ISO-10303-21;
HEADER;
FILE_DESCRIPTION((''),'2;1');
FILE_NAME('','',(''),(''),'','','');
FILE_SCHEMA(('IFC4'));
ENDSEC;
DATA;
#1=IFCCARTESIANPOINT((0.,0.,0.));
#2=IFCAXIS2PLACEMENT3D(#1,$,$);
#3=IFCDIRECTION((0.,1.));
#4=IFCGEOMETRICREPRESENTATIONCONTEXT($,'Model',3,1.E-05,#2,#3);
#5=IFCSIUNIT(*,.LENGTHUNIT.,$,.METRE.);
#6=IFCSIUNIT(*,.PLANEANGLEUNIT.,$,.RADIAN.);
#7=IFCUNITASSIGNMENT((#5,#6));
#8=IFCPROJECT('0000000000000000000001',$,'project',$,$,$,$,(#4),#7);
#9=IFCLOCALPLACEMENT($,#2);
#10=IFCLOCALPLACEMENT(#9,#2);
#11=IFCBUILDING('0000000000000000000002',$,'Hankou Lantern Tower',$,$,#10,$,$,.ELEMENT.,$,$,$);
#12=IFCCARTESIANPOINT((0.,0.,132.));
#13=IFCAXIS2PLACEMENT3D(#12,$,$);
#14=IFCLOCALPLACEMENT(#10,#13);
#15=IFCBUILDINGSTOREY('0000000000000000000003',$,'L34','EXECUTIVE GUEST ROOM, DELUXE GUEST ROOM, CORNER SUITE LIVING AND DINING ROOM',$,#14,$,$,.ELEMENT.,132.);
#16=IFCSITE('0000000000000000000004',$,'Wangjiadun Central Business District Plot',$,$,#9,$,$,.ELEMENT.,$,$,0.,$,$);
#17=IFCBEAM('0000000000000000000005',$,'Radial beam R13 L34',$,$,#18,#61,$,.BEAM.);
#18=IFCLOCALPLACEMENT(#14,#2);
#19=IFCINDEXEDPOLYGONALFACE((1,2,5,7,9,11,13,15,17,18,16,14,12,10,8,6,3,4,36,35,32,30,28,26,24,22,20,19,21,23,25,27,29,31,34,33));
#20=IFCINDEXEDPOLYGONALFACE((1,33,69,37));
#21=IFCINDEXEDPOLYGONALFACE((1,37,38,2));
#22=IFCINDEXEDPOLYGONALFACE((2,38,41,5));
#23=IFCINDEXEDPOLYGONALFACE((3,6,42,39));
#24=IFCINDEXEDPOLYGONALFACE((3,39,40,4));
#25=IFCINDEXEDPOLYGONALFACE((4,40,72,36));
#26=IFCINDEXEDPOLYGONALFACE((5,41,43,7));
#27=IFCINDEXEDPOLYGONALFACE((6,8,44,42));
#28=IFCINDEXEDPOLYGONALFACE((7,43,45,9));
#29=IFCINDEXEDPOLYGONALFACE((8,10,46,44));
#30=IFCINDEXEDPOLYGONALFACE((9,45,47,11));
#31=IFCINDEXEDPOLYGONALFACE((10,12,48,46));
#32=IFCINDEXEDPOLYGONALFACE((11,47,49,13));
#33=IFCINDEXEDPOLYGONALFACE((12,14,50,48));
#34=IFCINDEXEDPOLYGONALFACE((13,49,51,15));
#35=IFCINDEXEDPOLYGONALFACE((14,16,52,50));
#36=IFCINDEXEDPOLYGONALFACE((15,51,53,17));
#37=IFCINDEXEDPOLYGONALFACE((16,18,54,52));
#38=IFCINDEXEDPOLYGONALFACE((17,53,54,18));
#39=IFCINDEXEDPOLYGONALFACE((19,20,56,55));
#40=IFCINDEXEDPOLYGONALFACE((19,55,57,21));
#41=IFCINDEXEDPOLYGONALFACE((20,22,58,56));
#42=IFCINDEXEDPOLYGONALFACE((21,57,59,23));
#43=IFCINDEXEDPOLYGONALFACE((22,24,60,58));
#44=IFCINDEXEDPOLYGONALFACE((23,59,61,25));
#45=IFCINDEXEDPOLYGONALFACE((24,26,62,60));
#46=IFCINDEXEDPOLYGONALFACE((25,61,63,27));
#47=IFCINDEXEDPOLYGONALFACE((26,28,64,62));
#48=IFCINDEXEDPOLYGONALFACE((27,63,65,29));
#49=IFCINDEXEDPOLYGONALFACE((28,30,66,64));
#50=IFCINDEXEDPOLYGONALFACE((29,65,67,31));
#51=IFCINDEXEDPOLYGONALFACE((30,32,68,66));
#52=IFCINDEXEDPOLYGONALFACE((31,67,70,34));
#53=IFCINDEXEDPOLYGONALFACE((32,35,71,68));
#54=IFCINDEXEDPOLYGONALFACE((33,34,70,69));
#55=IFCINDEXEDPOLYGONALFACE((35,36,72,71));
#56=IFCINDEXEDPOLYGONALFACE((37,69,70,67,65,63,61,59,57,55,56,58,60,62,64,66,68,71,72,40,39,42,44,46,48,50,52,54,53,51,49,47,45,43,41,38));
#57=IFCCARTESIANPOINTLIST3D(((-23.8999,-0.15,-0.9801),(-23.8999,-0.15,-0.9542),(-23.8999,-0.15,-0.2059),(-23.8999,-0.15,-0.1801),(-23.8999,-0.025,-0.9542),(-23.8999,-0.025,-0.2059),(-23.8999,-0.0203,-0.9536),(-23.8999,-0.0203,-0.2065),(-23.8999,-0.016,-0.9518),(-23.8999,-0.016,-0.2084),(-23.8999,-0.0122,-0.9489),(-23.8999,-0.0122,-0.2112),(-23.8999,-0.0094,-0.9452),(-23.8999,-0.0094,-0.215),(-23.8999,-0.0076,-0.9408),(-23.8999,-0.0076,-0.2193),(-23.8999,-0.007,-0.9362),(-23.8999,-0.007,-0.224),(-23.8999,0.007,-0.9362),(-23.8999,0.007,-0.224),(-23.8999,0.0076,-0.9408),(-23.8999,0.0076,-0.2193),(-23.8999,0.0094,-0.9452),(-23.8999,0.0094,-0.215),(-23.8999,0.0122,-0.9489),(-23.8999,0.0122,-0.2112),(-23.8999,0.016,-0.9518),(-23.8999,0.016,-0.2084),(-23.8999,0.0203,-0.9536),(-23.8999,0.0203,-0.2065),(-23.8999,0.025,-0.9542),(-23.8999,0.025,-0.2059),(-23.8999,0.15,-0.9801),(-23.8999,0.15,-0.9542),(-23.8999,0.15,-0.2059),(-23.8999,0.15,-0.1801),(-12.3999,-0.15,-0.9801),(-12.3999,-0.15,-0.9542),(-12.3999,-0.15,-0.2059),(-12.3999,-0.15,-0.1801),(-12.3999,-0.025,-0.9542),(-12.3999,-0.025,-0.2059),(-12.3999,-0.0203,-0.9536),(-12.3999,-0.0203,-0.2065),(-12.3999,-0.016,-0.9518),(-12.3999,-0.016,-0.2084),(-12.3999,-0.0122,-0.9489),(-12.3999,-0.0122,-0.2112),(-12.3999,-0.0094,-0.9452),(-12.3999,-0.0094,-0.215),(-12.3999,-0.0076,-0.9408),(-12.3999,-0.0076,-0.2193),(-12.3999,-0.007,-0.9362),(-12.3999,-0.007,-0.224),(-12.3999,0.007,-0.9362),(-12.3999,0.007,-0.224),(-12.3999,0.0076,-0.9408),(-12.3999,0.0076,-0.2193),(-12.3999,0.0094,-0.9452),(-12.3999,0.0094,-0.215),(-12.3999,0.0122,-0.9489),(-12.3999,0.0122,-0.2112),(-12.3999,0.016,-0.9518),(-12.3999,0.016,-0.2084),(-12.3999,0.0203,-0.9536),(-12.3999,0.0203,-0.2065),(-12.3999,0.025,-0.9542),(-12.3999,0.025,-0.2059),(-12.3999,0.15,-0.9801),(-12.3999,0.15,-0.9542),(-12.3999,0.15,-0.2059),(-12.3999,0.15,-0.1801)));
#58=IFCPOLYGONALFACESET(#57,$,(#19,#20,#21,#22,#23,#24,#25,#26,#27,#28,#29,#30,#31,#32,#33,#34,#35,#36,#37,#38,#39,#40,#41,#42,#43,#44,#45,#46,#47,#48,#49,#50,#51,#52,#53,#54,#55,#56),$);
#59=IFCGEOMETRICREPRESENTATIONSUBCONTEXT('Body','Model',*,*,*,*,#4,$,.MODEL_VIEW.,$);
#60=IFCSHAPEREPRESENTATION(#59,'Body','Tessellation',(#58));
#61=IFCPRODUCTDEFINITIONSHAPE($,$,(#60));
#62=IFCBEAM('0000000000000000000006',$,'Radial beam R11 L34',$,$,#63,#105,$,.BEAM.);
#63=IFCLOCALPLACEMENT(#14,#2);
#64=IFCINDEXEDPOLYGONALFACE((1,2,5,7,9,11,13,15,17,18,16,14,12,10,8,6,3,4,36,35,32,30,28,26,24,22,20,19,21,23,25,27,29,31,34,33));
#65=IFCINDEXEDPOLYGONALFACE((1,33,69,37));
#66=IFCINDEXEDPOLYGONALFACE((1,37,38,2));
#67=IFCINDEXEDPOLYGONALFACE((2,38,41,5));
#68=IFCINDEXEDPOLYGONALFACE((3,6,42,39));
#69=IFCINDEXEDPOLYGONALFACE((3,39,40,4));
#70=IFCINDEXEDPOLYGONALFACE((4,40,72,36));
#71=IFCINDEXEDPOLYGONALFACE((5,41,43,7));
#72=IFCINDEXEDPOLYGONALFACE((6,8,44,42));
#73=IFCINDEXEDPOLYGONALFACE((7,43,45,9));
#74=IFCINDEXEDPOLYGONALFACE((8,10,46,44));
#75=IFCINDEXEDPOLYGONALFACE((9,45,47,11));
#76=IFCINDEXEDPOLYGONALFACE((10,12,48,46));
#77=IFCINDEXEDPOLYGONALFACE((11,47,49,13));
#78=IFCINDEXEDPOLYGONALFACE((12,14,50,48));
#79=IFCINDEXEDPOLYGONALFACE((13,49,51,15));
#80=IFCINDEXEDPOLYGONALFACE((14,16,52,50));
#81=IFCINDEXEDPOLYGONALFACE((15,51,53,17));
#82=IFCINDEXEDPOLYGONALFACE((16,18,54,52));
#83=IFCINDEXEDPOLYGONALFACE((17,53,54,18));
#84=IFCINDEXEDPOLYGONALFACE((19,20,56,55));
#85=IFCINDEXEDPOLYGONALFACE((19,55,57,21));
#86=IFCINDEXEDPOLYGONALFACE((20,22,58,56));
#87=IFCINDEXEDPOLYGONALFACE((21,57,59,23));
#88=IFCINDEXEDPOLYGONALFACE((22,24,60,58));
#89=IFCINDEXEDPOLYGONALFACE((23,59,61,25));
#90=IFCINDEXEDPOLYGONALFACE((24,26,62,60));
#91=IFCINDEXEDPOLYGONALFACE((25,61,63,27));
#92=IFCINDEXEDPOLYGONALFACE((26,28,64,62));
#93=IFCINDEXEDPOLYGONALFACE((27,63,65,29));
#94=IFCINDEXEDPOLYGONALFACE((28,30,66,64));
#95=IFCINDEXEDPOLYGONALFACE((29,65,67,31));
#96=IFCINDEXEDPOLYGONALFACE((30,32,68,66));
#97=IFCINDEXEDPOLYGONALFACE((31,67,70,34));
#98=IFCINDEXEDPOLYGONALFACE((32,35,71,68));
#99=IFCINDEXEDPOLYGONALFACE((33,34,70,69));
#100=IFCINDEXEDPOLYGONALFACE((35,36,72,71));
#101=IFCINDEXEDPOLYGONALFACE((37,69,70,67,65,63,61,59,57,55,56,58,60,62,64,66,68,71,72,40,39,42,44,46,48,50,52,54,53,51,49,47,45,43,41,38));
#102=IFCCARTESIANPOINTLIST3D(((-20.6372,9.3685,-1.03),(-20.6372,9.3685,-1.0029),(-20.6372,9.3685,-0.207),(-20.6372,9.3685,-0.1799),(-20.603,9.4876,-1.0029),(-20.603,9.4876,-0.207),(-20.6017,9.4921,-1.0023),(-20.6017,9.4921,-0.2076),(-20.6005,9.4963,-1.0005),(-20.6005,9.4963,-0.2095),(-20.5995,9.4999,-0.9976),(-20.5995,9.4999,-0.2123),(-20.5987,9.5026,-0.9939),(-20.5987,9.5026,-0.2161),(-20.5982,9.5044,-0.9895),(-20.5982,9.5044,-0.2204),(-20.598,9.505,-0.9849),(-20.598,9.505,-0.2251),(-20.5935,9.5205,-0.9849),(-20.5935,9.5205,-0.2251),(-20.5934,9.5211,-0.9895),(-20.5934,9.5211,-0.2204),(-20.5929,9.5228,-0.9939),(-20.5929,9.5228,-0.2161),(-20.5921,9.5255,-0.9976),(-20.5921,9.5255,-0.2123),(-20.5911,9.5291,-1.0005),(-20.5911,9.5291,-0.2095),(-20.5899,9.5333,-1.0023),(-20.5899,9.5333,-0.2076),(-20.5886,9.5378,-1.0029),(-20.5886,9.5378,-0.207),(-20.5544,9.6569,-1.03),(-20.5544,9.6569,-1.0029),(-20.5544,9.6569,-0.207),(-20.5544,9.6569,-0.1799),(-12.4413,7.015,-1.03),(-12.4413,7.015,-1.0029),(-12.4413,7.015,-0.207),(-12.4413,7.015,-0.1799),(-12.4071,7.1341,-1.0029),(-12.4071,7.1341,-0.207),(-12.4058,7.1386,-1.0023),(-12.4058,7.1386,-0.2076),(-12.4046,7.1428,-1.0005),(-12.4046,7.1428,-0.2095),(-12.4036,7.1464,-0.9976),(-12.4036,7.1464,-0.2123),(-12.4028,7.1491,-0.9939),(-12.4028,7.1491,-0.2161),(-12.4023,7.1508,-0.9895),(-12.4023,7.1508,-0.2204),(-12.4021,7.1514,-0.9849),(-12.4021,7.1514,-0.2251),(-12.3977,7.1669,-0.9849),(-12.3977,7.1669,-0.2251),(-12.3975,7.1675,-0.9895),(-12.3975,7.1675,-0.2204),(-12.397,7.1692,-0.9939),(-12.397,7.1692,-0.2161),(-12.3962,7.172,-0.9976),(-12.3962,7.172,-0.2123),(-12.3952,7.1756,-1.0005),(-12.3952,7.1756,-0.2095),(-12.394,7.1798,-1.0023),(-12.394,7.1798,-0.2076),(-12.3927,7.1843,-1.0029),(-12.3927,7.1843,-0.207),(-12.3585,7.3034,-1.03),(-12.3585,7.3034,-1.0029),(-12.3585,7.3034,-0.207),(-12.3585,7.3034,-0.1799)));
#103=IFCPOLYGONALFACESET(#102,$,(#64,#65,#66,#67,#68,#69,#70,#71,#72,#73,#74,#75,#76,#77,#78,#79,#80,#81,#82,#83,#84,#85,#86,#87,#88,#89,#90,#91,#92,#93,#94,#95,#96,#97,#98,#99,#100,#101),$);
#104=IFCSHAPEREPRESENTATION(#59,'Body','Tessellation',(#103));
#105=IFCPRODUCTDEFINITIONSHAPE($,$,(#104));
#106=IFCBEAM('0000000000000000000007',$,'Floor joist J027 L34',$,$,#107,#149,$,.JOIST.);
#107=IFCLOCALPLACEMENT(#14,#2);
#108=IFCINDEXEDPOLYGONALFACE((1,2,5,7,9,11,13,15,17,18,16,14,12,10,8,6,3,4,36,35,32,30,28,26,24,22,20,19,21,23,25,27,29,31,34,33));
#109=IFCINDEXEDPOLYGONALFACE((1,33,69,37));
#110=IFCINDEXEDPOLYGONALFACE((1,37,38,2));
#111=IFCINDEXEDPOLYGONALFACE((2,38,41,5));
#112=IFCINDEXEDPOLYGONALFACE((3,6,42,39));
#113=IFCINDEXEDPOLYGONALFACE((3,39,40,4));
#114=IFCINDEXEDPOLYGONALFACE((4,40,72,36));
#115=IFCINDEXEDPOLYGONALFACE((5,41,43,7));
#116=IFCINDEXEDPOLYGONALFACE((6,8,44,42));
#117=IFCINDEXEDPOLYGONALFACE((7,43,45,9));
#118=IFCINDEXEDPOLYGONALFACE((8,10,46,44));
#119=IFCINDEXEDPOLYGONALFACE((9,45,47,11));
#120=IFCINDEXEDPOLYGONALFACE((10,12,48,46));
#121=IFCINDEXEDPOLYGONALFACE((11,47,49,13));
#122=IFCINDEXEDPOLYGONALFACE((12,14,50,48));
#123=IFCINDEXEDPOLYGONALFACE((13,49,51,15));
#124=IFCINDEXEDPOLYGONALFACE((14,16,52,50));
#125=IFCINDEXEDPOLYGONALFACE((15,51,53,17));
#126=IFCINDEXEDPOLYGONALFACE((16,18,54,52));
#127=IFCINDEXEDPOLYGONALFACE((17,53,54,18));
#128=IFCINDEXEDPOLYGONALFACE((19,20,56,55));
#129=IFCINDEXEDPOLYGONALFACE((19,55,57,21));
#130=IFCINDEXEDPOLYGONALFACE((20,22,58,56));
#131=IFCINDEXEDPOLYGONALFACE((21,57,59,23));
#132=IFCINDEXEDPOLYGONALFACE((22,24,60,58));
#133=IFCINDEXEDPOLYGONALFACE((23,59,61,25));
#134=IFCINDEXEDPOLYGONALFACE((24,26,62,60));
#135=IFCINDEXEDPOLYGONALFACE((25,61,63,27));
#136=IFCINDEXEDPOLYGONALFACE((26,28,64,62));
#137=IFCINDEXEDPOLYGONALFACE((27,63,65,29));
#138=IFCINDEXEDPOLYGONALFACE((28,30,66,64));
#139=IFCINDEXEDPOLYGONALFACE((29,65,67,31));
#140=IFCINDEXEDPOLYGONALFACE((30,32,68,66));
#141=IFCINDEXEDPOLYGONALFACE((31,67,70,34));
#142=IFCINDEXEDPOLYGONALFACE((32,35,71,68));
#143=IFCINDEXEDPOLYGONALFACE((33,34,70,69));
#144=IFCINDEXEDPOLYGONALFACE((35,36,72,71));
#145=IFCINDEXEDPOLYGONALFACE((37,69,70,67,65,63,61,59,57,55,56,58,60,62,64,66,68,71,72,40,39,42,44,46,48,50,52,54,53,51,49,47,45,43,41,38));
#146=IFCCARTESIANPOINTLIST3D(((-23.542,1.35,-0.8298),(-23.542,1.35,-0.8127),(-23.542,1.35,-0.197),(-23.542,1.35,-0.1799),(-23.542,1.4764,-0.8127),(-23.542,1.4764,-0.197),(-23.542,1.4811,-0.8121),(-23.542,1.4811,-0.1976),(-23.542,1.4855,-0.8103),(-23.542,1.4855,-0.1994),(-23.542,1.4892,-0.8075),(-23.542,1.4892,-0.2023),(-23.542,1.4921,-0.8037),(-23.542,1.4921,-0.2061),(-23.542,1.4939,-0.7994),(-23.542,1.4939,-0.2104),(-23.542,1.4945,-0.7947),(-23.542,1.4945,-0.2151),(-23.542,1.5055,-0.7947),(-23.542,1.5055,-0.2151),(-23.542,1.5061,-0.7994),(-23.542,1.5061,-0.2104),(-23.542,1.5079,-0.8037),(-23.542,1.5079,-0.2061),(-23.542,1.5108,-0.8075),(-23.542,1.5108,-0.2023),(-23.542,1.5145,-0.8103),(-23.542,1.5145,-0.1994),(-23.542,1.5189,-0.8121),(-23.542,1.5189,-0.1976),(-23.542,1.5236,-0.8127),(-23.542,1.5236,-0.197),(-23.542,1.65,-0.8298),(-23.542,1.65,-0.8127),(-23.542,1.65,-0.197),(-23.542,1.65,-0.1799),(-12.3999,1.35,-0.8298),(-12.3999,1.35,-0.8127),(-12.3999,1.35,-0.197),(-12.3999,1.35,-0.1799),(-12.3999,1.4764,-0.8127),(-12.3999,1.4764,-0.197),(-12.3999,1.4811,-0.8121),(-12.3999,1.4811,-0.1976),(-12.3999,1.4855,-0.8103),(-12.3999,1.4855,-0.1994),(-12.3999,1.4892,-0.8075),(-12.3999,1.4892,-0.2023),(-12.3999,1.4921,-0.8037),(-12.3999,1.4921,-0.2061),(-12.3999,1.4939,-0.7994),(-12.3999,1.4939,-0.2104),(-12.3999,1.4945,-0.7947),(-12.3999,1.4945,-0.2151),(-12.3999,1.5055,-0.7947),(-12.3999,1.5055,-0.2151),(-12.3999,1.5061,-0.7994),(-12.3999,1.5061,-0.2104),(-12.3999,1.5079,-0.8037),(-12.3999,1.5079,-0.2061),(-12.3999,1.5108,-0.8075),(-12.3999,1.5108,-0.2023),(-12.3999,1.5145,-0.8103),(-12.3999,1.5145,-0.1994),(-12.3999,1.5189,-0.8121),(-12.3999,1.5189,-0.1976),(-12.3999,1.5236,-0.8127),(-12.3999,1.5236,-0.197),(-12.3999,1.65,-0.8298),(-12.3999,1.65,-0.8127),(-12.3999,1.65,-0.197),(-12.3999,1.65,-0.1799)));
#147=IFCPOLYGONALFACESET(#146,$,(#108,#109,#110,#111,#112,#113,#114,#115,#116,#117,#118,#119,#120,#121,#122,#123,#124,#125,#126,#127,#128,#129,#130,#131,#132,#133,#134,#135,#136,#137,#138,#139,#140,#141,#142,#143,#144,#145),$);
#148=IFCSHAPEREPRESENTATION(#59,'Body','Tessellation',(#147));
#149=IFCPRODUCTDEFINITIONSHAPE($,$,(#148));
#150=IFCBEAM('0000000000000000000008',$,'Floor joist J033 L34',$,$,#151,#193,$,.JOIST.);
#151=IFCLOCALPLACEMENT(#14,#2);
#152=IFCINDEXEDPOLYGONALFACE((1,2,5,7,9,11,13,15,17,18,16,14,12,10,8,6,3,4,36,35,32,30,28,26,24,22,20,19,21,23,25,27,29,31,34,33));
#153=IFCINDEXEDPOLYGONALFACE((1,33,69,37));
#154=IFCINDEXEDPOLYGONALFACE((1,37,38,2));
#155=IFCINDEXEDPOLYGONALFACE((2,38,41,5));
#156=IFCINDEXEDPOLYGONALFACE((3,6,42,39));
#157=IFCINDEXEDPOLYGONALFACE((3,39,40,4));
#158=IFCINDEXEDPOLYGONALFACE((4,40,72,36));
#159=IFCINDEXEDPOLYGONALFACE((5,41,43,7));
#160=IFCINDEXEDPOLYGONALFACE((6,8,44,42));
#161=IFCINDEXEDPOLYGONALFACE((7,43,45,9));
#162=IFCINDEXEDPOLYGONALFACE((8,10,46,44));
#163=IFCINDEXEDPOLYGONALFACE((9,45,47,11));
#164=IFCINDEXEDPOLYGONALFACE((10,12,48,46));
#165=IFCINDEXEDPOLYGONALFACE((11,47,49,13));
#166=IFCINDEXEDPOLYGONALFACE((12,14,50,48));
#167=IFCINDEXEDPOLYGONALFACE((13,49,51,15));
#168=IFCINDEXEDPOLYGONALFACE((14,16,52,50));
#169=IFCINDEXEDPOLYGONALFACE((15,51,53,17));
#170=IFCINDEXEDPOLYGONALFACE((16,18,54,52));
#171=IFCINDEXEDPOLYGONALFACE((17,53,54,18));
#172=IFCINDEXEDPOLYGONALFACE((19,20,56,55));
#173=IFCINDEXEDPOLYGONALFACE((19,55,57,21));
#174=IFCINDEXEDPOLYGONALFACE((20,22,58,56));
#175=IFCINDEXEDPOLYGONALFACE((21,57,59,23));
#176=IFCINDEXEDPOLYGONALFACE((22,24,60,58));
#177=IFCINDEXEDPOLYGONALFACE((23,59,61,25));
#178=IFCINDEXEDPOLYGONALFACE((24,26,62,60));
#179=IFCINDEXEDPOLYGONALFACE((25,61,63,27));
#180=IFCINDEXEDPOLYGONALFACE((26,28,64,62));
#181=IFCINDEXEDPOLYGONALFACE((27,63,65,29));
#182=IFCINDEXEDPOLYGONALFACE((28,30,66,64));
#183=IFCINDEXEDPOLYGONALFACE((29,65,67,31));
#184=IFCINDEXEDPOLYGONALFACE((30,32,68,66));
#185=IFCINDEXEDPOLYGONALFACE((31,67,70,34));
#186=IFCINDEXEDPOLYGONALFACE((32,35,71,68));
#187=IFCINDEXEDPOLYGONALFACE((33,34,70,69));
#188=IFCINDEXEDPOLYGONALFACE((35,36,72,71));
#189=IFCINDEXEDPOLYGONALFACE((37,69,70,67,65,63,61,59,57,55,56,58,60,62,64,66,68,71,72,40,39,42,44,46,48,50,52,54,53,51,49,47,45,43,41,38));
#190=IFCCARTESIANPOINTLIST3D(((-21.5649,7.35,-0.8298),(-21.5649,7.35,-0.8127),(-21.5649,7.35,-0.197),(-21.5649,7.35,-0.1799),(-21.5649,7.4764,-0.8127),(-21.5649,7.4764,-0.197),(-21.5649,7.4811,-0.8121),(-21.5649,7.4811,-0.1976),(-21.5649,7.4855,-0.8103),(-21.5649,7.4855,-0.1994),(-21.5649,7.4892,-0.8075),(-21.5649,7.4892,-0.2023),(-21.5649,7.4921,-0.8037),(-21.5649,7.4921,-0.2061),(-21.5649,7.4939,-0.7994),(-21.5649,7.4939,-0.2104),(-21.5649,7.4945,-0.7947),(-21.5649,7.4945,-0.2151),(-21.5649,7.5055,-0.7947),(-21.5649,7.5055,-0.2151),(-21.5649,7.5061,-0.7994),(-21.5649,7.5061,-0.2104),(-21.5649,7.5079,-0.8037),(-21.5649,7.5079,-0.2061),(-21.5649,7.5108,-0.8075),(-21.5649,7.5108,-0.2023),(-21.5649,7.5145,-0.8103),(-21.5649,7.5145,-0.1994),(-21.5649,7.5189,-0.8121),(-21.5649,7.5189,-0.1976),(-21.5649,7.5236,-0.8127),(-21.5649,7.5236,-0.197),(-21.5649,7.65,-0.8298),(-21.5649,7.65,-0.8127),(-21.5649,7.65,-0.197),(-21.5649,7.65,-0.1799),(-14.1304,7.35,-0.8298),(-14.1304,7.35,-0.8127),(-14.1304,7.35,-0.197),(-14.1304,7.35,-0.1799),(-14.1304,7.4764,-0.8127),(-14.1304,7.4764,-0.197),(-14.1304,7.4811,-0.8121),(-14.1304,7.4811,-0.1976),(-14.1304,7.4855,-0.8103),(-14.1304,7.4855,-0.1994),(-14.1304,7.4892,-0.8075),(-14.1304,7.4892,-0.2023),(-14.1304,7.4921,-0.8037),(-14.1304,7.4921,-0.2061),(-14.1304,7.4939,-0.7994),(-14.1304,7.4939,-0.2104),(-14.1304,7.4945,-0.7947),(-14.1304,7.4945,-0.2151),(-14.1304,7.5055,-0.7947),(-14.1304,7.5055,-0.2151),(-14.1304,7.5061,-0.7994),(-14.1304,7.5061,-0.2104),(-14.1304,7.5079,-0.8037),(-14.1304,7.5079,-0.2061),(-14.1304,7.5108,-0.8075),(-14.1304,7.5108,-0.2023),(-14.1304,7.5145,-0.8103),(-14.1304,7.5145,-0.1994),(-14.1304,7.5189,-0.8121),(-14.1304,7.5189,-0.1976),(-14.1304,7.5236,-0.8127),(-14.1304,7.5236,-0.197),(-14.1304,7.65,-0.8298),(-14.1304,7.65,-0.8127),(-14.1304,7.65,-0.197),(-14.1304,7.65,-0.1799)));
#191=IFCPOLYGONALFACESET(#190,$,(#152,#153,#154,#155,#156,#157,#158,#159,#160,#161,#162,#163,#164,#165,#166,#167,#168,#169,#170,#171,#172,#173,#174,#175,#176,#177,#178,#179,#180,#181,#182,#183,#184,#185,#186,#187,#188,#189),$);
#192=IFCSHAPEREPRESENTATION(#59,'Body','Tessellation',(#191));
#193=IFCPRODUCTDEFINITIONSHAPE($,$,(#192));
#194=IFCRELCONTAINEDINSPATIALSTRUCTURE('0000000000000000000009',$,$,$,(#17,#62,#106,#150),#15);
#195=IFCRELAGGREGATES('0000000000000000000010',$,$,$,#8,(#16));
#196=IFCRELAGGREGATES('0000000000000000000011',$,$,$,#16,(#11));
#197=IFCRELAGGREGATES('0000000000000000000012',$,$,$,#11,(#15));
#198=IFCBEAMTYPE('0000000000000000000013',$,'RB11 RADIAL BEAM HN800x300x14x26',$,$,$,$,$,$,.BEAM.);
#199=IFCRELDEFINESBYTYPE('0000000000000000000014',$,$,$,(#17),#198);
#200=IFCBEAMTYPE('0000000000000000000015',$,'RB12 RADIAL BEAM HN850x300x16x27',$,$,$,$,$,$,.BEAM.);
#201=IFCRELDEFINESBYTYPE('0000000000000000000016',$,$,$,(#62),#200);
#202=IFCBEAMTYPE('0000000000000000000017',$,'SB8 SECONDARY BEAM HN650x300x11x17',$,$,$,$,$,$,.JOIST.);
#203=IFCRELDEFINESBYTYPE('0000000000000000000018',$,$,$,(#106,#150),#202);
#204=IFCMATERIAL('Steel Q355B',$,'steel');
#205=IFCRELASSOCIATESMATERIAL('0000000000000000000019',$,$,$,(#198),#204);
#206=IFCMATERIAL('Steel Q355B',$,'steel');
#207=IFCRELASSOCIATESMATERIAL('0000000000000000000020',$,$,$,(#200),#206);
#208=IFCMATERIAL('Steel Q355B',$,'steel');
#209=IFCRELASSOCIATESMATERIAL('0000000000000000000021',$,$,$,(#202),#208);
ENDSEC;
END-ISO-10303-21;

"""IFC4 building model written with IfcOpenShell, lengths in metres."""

from ifc_helpers import new_model, si_unit, direction, frame, origin, origin_2d, place, context, subcontext, project, spatial, i_section, extrude, material, material_profile, profile_set, type_object, element, save


model = new_model("IFC4")

# Units and contexts
model_context = context("Model", 3, precision=1e-05, world=origin(), true_north=direction((0.0, 1.0)))
body_context = subcontext(model_context, "Body", "Model", "MODEL_VIEW")
ifc_project = project(units=[si_unit("LENGTHUNIT", "METRE"), si_unit("PLANEANGLEUNIT", "RADIAN")], contexts=[model_context])

# Site, building, storey
site_placement = place(None, origin())
site = spatial("IfcSite", under=ifc_project, at=site_placement, Name="Wangjiadun Central Business District Plot", CompositionType="ELEMENT", RefElevation=0.0)
building_placement = place(site_placement, origin())
building = spatial("IfcBuilding", under=site, at=building_placement, Name="Hankou Lantern Tower", CompositionType="ELEMENT")
storey_placement = place(building_placement, frame((0.0, 0.0, 132.0)))
storey = spatial("IfcBuildingStorey", under=building, at=storey_placement, Name="L34", Description="EXECUTIVE GUEST ROOM, DELUXE GUEST ROOM, CORNER SUITE LIVING AND DINING ROOM", CompositionType="ELEMENT", Elevation=132.0)

# Beams
ifc_material_1 = material(Name="Steel Q355B", Category="steel")
ifc_material_profile_1 = material_profile(ifc_material_1, i_section(OverallWidth=0.3, OverallDepth=0.8, WebThickness=0.0139, FlangeThickness=0.0259, FilletRadius=0.0181, at=origin_2d()), Name="HN800x300x14x26")
ifc_profile_set_1 = profile_set([ifc_material_profile_1], Name="Steel Q355B")
beam_type_1 = type_object("IfcBeamType", Name="RB11 RADIAL BEAM HN800x300x14x26", PredefinedType="BEAM", material=ifc_profile_set_1)
beam_1_placement = place(storey_placement, frame((-12.3999, 0.0, -0.5801), z_axis=(-1.0, 0.0, 0.0), x_axis=(0.0, -1.0, 0.0)))
element("IfcBeam", 1, at=beam_1_placement, inside=storey, type_object=beam_type_1, Name="Radial beam R13 L34", PredefinedType="BEAM", context=body_context, shape_type="SweptSolid", body=[
    extrude(i_section(OverallWidth=0.3, OverallDepth=0.8, WebThickness=0.0139, FlangeThickness=0.0259, FilletRadius=0.0181, at=origin_2d()), origin(), (0.0, 0.0, 1.0), 11.5),
])
ifc_material_2 = material(Name="Steel Q355B", Category="steel")
ifc_material_profile_2 = material_profile(ifc_material_2, i_section(OverallWidth=0.3, OverallDepth=0.8501, WebThickness=0.0161, FlangeThickness=0.0271, FilletRadius=0.0181, at=origin_2d()), Name="HN850x300x16x27")
ifc_profile_set_2 = profile_set([ifc_material_profile_2], Name="Steel Q355B")
beam_type_2 = type_object("IfcBeamType", Name="RB12 RADIAL BEAM HN850x300x16x27", PredefinedType="BEAM", material=ifc_profile_set_2)
beam_2_placement = place(storey_placement, frame((-12.3999, 7.1592, -0.605), z_axis=(-0.961156, 0.276007, 0.0), x_axis=(-0.276007, -0.961156, 0.0)))
element("IfcBeam", 2, at=beam_2_placement, inside=storey, type_object=beam_type_2, Name="Radial beam R11 L34", PredefinedType="BEAM", context=body_context, shape_type="SweptSolid", body=[
    extrude(i_section(OverallWidth=0.3, OverallDepth=0.8501, WebThickness=0.0161, FlangeThickness=0.0271, FilletRadius=0.0181, at=origin_2d()), origin(), (0.0, 0.0, 1.0), 8.5271),
])
ifc_material_3 = material(Name="Steel Q355B", Category="steel")
ifc_material_profile_3 = material_profile(ifc_material_3, i_section(OverallWidth=0.3, OverallDepth=0.6499, WebThickness=0.011, FlangeThickness=0.0171, FilletRadius=0.0181, at=origin_2d()), Name="HN650x300x11x17")
ifc_profile_set_3 = profile_set([ifc_material_profile_3], Name="Steel Q355B")
beam_type_3 = type_object("IfcBeamType", Name="SB8 SECONDARY BEAM HN650x300x11x17", PredefinedType="JOIST", material=ifc_profile_set_3)
beam_3_placement = place(storey_placement, frame((-23.542, 1.5, -0.5049), z_axis=(1.0, 0.0, 0.0), x_axis=(0.0, 1.0, 0.0)))
element("IfcBeam", 3, at=beam_3_placement, inside=storey, type_object=beam_type_3, Name="Floor joist J027 L34", PredefinedType="JOIST", context=body_context, shape_type="SweptSolid", body=[
    extrude(i_section(OverallWidth=0.3, OverallDepth=0.6499, WebThickness=0.011, FlangeThickness=0.0171, FilletRadius=0.0181, at=origin_2d()), origin(), (0.0, 0.0, 1.0), 11.1421),
])
beam_4_placement = place(storey_placement, frame((-21.5649, 7.5, -0.5049), z_axis=(1.0, 0.0, 0.0), x_axis=(0.0, 1.0, 0.0)))
element("IfcBeam", 4, at=beam_4_placement, inside=storey, type_object=beam_type_3, Name="Floor joist J033 L34", PredefinedType="JOIST", context=body_context, shape_type="SweptSolid", body=[
    extrude(i_section(OverallWidth=0.3, OverallDepth=0.6499, WebThickness=0.011, FlangeThickness=0.0171, FilletRadius=0.0181, at=origin_2d()), origin(), (0.0, 0.0, 1.0), 7.4346),
])

save(model, "model.ifc")
